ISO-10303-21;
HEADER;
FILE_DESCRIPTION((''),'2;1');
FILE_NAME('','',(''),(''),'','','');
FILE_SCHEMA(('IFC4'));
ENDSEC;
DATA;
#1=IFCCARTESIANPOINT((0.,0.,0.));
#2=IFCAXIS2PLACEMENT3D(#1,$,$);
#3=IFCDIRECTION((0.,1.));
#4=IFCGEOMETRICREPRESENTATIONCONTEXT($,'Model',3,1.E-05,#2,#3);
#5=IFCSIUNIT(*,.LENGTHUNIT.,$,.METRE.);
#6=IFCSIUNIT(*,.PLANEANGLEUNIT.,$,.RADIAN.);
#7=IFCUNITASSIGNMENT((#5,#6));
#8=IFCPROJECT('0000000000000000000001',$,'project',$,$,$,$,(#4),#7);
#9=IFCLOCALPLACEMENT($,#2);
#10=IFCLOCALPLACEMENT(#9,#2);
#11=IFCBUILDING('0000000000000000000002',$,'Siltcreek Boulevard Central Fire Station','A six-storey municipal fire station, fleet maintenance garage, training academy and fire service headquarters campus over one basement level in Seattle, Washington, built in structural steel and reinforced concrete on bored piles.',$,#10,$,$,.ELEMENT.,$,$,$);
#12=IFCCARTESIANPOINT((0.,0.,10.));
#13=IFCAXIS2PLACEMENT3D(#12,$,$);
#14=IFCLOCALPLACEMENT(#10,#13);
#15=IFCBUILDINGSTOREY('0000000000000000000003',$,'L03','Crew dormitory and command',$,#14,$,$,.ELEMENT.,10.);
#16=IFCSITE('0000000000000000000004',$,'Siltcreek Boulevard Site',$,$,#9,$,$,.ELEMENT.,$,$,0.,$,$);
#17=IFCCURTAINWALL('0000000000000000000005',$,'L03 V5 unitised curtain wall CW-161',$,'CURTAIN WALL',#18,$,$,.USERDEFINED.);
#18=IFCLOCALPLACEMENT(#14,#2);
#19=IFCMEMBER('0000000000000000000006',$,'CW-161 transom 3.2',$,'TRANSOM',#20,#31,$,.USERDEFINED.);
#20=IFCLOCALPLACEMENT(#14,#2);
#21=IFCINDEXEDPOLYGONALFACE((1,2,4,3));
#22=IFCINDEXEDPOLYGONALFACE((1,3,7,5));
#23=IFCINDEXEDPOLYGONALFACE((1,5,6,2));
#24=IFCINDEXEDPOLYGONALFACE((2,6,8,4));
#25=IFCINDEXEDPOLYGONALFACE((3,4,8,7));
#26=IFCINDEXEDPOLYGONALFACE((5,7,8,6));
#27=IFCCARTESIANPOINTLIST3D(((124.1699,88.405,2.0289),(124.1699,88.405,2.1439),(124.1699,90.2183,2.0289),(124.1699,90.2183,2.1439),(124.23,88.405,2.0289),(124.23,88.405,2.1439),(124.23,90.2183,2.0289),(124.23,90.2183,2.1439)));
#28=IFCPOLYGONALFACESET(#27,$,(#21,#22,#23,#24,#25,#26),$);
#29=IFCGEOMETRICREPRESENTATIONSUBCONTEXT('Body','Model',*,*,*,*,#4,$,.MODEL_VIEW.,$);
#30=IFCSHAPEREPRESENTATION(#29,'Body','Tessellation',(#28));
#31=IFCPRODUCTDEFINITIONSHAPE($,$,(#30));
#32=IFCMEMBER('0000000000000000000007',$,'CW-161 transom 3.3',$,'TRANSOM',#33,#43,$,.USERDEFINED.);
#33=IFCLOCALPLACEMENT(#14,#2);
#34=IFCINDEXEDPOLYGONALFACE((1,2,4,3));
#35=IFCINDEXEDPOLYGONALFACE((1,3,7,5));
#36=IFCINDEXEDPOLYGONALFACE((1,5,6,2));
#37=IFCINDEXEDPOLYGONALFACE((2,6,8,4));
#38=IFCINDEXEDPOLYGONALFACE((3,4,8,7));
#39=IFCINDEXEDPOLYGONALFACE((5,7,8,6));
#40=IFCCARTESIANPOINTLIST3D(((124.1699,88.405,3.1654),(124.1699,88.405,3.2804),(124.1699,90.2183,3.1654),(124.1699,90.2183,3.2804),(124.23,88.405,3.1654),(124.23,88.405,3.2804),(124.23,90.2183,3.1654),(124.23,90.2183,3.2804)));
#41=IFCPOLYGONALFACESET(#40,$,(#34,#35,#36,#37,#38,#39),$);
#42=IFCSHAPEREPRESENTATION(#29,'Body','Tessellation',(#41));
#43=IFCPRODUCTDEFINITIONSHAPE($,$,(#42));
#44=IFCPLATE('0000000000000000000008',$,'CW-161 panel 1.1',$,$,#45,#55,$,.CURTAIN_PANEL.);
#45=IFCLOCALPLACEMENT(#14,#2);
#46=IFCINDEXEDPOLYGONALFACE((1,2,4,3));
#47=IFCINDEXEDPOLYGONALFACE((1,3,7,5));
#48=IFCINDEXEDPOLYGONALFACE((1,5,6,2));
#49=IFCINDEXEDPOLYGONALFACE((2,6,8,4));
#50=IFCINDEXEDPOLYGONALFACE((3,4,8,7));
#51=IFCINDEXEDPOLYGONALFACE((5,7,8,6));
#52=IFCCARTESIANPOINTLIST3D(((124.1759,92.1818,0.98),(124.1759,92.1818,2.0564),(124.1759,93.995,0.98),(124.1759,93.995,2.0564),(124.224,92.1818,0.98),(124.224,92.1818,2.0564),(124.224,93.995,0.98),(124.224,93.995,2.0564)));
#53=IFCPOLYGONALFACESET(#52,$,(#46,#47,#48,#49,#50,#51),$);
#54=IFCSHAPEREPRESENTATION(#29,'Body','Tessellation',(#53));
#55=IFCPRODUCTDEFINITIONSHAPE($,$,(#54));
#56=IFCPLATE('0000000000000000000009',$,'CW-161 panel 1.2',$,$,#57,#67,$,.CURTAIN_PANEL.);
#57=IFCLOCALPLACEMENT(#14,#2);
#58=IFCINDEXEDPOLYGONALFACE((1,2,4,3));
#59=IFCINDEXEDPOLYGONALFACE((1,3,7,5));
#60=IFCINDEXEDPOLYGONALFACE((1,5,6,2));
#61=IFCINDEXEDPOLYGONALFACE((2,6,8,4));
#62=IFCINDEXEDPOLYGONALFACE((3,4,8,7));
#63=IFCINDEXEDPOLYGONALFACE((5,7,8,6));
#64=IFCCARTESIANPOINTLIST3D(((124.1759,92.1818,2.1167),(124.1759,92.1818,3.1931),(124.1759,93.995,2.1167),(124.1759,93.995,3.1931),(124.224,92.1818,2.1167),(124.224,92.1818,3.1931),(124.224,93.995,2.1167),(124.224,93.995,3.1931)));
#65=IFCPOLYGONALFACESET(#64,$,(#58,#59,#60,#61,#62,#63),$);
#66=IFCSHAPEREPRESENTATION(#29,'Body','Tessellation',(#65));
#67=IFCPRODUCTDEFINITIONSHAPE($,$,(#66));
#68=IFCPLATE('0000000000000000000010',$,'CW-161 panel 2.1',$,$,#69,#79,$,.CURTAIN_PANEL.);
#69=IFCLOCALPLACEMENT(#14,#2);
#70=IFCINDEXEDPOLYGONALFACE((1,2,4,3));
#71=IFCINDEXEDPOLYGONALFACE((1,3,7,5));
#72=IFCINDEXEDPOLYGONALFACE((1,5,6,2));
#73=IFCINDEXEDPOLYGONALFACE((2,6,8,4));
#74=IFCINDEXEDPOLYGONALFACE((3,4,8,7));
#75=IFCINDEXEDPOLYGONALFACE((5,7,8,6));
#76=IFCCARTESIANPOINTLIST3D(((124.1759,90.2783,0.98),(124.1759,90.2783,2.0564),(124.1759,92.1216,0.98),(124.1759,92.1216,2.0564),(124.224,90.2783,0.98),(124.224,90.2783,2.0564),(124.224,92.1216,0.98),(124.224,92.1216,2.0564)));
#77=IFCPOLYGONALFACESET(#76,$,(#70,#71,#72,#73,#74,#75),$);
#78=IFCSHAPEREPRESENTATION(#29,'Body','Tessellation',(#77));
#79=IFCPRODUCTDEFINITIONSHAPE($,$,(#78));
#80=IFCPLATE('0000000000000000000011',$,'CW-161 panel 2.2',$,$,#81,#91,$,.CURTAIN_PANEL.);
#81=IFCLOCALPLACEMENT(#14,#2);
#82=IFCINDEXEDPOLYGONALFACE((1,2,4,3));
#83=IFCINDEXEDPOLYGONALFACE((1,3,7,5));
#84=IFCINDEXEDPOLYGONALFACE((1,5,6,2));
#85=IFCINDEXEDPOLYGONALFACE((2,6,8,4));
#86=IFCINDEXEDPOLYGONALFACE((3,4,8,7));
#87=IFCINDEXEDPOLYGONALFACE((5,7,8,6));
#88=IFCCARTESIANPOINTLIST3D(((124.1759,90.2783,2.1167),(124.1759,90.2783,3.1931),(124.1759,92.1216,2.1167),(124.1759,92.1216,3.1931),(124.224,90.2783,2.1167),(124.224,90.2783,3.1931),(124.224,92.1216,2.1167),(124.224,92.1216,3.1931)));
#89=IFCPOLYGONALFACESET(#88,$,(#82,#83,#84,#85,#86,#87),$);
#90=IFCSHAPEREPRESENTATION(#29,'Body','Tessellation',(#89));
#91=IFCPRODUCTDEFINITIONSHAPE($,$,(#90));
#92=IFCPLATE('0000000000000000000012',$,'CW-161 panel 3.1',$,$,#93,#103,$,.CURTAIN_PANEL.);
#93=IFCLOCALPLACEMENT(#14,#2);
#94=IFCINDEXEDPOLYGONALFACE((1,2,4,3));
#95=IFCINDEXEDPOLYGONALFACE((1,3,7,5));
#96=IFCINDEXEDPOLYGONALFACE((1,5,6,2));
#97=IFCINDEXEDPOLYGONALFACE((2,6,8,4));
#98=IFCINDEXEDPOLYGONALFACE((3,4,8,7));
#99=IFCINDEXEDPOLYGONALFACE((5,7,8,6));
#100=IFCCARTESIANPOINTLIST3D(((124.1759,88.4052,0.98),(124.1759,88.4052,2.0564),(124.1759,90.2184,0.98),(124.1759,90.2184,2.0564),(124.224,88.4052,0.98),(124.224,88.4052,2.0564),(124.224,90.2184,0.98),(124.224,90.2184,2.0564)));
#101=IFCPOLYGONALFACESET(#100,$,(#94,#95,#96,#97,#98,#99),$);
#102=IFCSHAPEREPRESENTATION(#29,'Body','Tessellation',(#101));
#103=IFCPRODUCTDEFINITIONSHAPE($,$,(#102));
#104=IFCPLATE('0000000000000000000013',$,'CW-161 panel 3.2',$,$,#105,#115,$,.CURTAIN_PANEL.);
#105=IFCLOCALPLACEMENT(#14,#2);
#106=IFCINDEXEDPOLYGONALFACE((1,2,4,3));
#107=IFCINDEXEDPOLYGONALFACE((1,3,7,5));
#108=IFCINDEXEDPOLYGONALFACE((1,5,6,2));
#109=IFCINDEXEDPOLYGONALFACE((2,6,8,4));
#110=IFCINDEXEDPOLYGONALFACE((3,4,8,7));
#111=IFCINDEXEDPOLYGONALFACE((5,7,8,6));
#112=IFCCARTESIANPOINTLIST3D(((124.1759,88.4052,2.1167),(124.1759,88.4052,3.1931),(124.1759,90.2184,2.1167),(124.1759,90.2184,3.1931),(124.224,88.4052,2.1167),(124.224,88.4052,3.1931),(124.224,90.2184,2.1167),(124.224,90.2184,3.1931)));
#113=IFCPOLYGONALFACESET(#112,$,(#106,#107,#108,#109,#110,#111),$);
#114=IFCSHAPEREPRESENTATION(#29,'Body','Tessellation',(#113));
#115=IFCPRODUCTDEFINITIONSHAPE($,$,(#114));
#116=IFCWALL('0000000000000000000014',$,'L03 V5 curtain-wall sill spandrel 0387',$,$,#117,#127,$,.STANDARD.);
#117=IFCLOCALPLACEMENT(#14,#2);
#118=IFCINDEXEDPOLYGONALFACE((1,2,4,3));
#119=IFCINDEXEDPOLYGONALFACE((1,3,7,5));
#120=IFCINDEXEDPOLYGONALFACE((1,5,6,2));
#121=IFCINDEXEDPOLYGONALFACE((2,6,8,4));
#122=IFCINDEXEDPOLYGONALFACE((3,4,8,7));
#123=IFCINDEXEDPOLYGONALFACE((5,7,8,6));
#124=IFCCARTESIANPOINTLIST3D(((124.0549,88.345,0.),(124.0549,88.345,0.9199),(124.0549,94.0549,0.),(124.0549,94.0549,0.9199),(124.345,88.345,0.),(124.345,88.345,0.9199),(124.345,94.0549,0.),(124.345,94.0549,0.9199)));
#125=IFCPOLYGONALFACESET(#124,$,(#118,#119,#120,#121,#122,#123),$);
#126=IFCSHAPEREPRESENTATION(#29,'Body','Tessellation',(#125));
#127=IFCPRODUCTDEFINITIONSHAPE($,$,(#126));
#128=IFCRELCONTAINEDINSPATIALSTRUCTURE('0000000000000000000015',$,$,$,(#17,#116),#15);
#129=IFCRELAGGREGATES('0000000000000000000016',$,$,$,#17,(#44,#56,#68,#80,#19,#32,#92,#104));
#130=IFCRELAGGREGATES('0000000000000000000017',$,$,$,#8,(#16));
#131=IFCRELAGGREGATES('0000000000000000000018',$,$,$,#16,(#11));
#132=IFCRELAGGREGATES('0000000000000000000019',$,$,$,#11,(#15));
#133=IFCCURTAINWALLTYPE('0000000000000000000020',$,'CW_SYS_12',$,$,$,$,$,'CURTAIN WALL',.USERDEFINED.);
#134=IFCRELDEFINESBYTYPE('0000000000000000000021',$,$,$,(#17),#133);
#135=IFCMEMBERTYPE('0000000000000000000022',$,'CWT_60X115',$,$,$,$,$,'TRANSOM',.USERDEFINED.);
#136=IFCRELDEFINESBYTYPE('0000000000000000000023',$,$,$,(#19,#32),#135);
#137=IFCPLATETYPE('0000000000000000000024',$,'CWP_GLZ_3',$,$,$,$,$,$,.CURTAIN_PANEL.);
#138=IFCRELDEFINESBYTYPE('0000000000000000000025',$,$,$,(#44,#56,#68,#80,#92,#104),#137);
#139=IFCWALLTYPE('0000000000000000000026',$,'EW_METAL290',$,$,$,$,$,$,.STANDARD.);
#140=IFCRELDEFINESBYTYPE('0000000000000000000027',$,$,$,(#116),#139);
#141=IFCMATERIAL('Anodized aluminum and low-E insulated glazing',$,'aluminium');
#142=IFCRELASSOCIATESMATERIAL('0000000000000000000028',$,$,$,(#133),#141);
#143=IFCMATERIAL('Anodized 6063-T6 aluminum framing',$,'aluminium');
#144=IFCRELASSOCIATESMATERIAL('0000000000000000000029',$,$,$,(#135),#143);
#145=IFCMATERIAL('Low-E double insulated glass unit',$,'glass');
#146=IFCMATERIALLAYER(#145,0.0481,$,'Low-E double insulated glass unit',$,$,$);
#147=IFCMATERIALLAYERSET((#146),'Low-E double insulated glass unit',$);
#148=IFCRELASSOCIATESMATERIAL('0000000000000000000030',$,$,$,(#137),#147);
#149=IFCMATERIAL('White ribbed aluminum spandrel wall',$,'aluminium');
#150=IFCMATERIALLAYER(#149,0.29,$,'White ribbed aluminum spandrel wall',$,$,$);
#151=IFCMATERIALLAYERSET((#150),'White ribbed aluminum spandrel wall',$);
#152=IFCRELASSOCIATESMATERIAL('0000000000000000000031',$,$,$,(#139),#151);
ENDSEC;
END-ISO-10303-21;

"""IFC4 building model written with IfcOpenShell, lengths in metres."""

from ifc_helpers import new_model, si_unit, direction, frame, frame_2d, origin, origin_2d, place, context, subcontext, project, spatial, rectangle, extrude, material, layer, layer_set, material_profile, profile_set, type_object, element, aggregate, save


model = new_model("IFC4")

# Units and contexts
model_context = context("Model", 3, precision=1e-05, world=origin(), true_north=direction((0.0, 1.0)))
body_context = subcontext(model_context, "Body", "Model", "MODEL_VIEW")
ifc_project = project(units=[si_unit("LENGTHUNIT", "METRE"), si_unit("PLANEANGLEUNIT", "RADIAN")], contexts=[model_context])

# Site, building, storey
site_placement = place(None, origin())
site = spatial("IfcSite", under=ifc_project, at=site_placement, Name="Siltcreek Boulevard Site", CompositionType="ELEMENT", RefElevation=0.0)
building_placement = place(site_placement, origin())
building = spatial("IfcBuilding", under=site, at=building_placement, Name="Siltcreek Boulevard Central Fire Station", Description="A six-storey municipal fire station, fleet maintenance garage, training academy and fire service headquarters campus over one basement level in Seattle, Washington, built in structural steel and reinforced concrete on bored piles.", CompositionType="ELEMENT")
storey_placement = place(building_placement, frame((0.0, 0.0, 10.0)))
storey = spatial("IfcBuildingStorey", under=building, at=storey_placement, Name="L03", Description="Crew dormitory and command", CompositionType="ELEMENT", Elevation=10.0)

# Curtain wall, members, plates
ifc_material_1 = material(Name="Anodized aluminum and low-E insulated glazing", Category="aluminium")
curtain_wall_type = type_object("IfcCurtainWallType", Name="CW_SYS_12", ElementType="CURTAIN WALL", PredefinedType="USERDEFINED", material=ifc_material_1)
curtain_wall_placement = place(storey_placement, origin())
curtain_wall = element("IfcCurtainWall", 1, at=curtain_wall_placement, inside=storey, type_object=curtain_wall_type, Name="L03 V5 unitised curtain wall CW-161", ObjectType="CURTAIN WALL", PredefinedType="USERDEFINED")
ifc_material_2 = material(Name="Anodized 6063-T6 aluminum framing", Category="aluminium")
ifc_material_profile_1 = material_profile(ifc_material_2, rectangle(XDim=0.0601, YDim=0.115, at=origin_2d()), Name="TRAN60X115")
ifc_profile_set_1 = profile_set([ifc_material_profile_1], Name="Anodized 6063-T6 aluminum framing")
member_type_1 = type_object("IfcMemberType", Name="CWT_60X115", ElementType="TRANSOM", PredefinedType="USERDEFINED", material=ifc_profile_set_1)
member_1_placement = place(storey_placement, frame((124.2, 90.2183, 2.0864), z_axis=(0.0, -1.0, 0.0), x_axis=(1.0, 0.0, 0.0)))
member_1 = element("IfcMember", 2, at=member_1_placement, type_object=member_type_1, Name="CW-161 transom 3.2", ObjectType="TRANSOM", PredefinedType="USERDEFINED", context=body_context, shape_type="SweptSolid", body=[
    extrude(rectangle(XDim=0.0601, YDim=0.115, at=origin_2d()), origin(), (0.0, 0.0, 1.0), 1.8132),
])
member_2_placement = place(storey_placement, frame((124.2, 90.2183, 3.2229), z_axis=(0.0, -1.0, 0.0), x_axis=(1.0, 0.0, 0.0)))
member_2 = element("IfcMember", 3, at=member_2_placement, type_object=member_type_1, Name="CW-161 transom 3.3", ObjectType="TRANSOM", PredefinedType="USERDEFINED", context=body_context, shape_type="SweptSolid", body=[
    extrude(rectangle(XDim=0.0601, YDim=0.115, at=origin_2d()), origin(), (0.0, 0.0, 1.0), 1.8132),
])
ifc_material_3 = material(Name="Low-E double insulated glass unit", Category="glass")
ifc_layer_1 = layer(ifc_material_3, 0.0481, Name="Low-E double insulated glass unit")
ifc_layer_set_1 = layer_set([ifc_layer_1], Name="Low-E double insulated glass unit")
plate_type = type_object("IfcPlateType", Name="CWP_GLZ_3", PredefinedType="CURTAIN_PANEL", material=ifc_layer_set_1)
plate_1_placement = place(storey_placement, frame((124.2, 93.0884, 0.98), z_axis=(0.0, 0.0, 1.0), x_axis=(0.0, -1.0, 0.0)))
plate_1 = element("IfcPlate", 4, at=plate_1_placement, type_object=plate_type, Name="CW-161 panel 1.1", PredefinedType="CURTAIN_PANEL", context=body_context, shape_type="SweptSolid", body=[
    extrude(rectangle(XDim=1.8132, YDim=0.0481, at=origin_2d()), origin(), (0.0, 0.0, 1.0), 1.0764),
])
plate_2_placement = place(storey_placement, frame((124.2, 93.0884, 2.1167), z_axis=(0.0, 0.0, 1.0), x_axis=(0.0, -1.0, 0.0)))
plate_2 = element("IfcPlate", 5, at=plate_2_placement, type_object=plate_type, Name="CW-161 panel 1.2", PredefinedType="CURTAIN_PANEL", context=body_context, shape_type="SweptSolid", body=[
    extrude(rectangle(XDim=1.8132, YDim=0.0481, at=origin_2d()), origin(), (0.0, 0.0, 1.0), 1.0764),
])
plate_3_placement = place(storey_placement, frame((124.2, 91.2, 0.98), z_axis=(0.0, 0.0, 1.0), x_axis=(0.0, -1.0, 0.0)))
plate_3 = element("IfcPlate", 6, at=plate_3_placement, type_object=plate_type, Name="CW-161 panel 2.1", PredefinedType="CURTAIN_PANEL", context=body_context, shape_type="SweptSolid", body=[
    extrude(rectangle(XDim=1.8433, YDim=0.0481, at=origin_2d()), origin(), (0.0, 0.0, 1.0), 1.0764),
])
plate_4_placement = place(storey_placement, frame((124.2, 91.2, 2.1167), z_axis=(0.0, 0.0, 1.0), x_axis=(0.0, -1.0, 0.0)))
plate_4 = element("IfcPlate", 7, at=plate_4_placement, type_object=plate_type, Name="CW-161 panel 2.2", PredefinedType="CURTAIN_PANEL", context=body_context, shape_type="SweptSolid", body=[
    extrude(rectangle(XDim=1.8433, YDim=0.0481, at=origin_2d()), origin(), (0.0, 0.0, 1.0), 1.0764),
])
plate_5_placement = place(storey_placement, frame((124.2, 89.3118, 0.98), z_axis=(0.0, 0.0, 1.0), x_axis=(0.0, -1.0, 0.0)))
plate_5 = element("IfcPlate", 8, at=plate_5_placement, type_object=plate_type, Name="CW-161 panel 3.1", PredefinedType="CURTAIN_PANEL", context=body_context, shape_type="SweptSolid", body=[
    extrude(rectangle(XDim=1.8132, YDim=0.0481, at=origin_2d()), origin(), (0.0, 0.0, 1.0), 1.0764),
])
plate_6_placement = place(storey_placement, frame((124.2, 89.3118, 2.1167), z_axis=(0.0, 0.0, 1.0), x_axis=(0.0, -1.0, 0.0)))
plate_6 = element("IfcPlate", 9, at=plate_6_placement, type_object=plate_type, Name="CW-161 panel 3.2", PredefinedType="CURTAIN_PANEL", context=body_context, shape_type="SweptSolid", body=[
    extrude(rectangle(XDim=1.8132, YDim=0.0481, at=origin_2d()), origin(), (0.0, 0.0, 1.0), 1.0764),
])
aggregate(curtain_wall, [plate_1, plate_2, plate_3, plate_4, member_1, member_2, plate_5, plate_6])

# Wall
ifc_material_4 = material(Name="White ribbed aluminum spandrel wall", Category="aluminium")
ifc_layer_2 = layer(ifc_material_4, 0.29, Name="White ribbed aluminum spandrel wall")
ifc_layer_set_2 = layer_set([ifc_layer_2], Name="White ribbed aluminum spandrel wall")
wall_type = type_object("IfcWallType", Name="EW_METAL290", PredefinedType="STANDARD", material=ifc_layer_set_2)
wall_placement = place(storey_placement, frame((124.2, 94.0549, 0.0), z_axis=(0.0, 0.0, 1.0), x_axis=(0.0, -1.0, 0.0)))
element("IfcWall", 10, at=wall_placement, inside=storey, type_object=wall_type, Name="L03 V5 curtain-wall sill spandrel 0387", PredefinedType="STANDARD", context=body_context, shape_type="SweptSolid", body=[
    extrude(rectangle(XDim=5.71, YDim=0.29, at=frame_2d((2.855, 0.0))), origin(), (0.0, 0.0, 1.0), 0.9199),
])

save(model, "model.ifc")
